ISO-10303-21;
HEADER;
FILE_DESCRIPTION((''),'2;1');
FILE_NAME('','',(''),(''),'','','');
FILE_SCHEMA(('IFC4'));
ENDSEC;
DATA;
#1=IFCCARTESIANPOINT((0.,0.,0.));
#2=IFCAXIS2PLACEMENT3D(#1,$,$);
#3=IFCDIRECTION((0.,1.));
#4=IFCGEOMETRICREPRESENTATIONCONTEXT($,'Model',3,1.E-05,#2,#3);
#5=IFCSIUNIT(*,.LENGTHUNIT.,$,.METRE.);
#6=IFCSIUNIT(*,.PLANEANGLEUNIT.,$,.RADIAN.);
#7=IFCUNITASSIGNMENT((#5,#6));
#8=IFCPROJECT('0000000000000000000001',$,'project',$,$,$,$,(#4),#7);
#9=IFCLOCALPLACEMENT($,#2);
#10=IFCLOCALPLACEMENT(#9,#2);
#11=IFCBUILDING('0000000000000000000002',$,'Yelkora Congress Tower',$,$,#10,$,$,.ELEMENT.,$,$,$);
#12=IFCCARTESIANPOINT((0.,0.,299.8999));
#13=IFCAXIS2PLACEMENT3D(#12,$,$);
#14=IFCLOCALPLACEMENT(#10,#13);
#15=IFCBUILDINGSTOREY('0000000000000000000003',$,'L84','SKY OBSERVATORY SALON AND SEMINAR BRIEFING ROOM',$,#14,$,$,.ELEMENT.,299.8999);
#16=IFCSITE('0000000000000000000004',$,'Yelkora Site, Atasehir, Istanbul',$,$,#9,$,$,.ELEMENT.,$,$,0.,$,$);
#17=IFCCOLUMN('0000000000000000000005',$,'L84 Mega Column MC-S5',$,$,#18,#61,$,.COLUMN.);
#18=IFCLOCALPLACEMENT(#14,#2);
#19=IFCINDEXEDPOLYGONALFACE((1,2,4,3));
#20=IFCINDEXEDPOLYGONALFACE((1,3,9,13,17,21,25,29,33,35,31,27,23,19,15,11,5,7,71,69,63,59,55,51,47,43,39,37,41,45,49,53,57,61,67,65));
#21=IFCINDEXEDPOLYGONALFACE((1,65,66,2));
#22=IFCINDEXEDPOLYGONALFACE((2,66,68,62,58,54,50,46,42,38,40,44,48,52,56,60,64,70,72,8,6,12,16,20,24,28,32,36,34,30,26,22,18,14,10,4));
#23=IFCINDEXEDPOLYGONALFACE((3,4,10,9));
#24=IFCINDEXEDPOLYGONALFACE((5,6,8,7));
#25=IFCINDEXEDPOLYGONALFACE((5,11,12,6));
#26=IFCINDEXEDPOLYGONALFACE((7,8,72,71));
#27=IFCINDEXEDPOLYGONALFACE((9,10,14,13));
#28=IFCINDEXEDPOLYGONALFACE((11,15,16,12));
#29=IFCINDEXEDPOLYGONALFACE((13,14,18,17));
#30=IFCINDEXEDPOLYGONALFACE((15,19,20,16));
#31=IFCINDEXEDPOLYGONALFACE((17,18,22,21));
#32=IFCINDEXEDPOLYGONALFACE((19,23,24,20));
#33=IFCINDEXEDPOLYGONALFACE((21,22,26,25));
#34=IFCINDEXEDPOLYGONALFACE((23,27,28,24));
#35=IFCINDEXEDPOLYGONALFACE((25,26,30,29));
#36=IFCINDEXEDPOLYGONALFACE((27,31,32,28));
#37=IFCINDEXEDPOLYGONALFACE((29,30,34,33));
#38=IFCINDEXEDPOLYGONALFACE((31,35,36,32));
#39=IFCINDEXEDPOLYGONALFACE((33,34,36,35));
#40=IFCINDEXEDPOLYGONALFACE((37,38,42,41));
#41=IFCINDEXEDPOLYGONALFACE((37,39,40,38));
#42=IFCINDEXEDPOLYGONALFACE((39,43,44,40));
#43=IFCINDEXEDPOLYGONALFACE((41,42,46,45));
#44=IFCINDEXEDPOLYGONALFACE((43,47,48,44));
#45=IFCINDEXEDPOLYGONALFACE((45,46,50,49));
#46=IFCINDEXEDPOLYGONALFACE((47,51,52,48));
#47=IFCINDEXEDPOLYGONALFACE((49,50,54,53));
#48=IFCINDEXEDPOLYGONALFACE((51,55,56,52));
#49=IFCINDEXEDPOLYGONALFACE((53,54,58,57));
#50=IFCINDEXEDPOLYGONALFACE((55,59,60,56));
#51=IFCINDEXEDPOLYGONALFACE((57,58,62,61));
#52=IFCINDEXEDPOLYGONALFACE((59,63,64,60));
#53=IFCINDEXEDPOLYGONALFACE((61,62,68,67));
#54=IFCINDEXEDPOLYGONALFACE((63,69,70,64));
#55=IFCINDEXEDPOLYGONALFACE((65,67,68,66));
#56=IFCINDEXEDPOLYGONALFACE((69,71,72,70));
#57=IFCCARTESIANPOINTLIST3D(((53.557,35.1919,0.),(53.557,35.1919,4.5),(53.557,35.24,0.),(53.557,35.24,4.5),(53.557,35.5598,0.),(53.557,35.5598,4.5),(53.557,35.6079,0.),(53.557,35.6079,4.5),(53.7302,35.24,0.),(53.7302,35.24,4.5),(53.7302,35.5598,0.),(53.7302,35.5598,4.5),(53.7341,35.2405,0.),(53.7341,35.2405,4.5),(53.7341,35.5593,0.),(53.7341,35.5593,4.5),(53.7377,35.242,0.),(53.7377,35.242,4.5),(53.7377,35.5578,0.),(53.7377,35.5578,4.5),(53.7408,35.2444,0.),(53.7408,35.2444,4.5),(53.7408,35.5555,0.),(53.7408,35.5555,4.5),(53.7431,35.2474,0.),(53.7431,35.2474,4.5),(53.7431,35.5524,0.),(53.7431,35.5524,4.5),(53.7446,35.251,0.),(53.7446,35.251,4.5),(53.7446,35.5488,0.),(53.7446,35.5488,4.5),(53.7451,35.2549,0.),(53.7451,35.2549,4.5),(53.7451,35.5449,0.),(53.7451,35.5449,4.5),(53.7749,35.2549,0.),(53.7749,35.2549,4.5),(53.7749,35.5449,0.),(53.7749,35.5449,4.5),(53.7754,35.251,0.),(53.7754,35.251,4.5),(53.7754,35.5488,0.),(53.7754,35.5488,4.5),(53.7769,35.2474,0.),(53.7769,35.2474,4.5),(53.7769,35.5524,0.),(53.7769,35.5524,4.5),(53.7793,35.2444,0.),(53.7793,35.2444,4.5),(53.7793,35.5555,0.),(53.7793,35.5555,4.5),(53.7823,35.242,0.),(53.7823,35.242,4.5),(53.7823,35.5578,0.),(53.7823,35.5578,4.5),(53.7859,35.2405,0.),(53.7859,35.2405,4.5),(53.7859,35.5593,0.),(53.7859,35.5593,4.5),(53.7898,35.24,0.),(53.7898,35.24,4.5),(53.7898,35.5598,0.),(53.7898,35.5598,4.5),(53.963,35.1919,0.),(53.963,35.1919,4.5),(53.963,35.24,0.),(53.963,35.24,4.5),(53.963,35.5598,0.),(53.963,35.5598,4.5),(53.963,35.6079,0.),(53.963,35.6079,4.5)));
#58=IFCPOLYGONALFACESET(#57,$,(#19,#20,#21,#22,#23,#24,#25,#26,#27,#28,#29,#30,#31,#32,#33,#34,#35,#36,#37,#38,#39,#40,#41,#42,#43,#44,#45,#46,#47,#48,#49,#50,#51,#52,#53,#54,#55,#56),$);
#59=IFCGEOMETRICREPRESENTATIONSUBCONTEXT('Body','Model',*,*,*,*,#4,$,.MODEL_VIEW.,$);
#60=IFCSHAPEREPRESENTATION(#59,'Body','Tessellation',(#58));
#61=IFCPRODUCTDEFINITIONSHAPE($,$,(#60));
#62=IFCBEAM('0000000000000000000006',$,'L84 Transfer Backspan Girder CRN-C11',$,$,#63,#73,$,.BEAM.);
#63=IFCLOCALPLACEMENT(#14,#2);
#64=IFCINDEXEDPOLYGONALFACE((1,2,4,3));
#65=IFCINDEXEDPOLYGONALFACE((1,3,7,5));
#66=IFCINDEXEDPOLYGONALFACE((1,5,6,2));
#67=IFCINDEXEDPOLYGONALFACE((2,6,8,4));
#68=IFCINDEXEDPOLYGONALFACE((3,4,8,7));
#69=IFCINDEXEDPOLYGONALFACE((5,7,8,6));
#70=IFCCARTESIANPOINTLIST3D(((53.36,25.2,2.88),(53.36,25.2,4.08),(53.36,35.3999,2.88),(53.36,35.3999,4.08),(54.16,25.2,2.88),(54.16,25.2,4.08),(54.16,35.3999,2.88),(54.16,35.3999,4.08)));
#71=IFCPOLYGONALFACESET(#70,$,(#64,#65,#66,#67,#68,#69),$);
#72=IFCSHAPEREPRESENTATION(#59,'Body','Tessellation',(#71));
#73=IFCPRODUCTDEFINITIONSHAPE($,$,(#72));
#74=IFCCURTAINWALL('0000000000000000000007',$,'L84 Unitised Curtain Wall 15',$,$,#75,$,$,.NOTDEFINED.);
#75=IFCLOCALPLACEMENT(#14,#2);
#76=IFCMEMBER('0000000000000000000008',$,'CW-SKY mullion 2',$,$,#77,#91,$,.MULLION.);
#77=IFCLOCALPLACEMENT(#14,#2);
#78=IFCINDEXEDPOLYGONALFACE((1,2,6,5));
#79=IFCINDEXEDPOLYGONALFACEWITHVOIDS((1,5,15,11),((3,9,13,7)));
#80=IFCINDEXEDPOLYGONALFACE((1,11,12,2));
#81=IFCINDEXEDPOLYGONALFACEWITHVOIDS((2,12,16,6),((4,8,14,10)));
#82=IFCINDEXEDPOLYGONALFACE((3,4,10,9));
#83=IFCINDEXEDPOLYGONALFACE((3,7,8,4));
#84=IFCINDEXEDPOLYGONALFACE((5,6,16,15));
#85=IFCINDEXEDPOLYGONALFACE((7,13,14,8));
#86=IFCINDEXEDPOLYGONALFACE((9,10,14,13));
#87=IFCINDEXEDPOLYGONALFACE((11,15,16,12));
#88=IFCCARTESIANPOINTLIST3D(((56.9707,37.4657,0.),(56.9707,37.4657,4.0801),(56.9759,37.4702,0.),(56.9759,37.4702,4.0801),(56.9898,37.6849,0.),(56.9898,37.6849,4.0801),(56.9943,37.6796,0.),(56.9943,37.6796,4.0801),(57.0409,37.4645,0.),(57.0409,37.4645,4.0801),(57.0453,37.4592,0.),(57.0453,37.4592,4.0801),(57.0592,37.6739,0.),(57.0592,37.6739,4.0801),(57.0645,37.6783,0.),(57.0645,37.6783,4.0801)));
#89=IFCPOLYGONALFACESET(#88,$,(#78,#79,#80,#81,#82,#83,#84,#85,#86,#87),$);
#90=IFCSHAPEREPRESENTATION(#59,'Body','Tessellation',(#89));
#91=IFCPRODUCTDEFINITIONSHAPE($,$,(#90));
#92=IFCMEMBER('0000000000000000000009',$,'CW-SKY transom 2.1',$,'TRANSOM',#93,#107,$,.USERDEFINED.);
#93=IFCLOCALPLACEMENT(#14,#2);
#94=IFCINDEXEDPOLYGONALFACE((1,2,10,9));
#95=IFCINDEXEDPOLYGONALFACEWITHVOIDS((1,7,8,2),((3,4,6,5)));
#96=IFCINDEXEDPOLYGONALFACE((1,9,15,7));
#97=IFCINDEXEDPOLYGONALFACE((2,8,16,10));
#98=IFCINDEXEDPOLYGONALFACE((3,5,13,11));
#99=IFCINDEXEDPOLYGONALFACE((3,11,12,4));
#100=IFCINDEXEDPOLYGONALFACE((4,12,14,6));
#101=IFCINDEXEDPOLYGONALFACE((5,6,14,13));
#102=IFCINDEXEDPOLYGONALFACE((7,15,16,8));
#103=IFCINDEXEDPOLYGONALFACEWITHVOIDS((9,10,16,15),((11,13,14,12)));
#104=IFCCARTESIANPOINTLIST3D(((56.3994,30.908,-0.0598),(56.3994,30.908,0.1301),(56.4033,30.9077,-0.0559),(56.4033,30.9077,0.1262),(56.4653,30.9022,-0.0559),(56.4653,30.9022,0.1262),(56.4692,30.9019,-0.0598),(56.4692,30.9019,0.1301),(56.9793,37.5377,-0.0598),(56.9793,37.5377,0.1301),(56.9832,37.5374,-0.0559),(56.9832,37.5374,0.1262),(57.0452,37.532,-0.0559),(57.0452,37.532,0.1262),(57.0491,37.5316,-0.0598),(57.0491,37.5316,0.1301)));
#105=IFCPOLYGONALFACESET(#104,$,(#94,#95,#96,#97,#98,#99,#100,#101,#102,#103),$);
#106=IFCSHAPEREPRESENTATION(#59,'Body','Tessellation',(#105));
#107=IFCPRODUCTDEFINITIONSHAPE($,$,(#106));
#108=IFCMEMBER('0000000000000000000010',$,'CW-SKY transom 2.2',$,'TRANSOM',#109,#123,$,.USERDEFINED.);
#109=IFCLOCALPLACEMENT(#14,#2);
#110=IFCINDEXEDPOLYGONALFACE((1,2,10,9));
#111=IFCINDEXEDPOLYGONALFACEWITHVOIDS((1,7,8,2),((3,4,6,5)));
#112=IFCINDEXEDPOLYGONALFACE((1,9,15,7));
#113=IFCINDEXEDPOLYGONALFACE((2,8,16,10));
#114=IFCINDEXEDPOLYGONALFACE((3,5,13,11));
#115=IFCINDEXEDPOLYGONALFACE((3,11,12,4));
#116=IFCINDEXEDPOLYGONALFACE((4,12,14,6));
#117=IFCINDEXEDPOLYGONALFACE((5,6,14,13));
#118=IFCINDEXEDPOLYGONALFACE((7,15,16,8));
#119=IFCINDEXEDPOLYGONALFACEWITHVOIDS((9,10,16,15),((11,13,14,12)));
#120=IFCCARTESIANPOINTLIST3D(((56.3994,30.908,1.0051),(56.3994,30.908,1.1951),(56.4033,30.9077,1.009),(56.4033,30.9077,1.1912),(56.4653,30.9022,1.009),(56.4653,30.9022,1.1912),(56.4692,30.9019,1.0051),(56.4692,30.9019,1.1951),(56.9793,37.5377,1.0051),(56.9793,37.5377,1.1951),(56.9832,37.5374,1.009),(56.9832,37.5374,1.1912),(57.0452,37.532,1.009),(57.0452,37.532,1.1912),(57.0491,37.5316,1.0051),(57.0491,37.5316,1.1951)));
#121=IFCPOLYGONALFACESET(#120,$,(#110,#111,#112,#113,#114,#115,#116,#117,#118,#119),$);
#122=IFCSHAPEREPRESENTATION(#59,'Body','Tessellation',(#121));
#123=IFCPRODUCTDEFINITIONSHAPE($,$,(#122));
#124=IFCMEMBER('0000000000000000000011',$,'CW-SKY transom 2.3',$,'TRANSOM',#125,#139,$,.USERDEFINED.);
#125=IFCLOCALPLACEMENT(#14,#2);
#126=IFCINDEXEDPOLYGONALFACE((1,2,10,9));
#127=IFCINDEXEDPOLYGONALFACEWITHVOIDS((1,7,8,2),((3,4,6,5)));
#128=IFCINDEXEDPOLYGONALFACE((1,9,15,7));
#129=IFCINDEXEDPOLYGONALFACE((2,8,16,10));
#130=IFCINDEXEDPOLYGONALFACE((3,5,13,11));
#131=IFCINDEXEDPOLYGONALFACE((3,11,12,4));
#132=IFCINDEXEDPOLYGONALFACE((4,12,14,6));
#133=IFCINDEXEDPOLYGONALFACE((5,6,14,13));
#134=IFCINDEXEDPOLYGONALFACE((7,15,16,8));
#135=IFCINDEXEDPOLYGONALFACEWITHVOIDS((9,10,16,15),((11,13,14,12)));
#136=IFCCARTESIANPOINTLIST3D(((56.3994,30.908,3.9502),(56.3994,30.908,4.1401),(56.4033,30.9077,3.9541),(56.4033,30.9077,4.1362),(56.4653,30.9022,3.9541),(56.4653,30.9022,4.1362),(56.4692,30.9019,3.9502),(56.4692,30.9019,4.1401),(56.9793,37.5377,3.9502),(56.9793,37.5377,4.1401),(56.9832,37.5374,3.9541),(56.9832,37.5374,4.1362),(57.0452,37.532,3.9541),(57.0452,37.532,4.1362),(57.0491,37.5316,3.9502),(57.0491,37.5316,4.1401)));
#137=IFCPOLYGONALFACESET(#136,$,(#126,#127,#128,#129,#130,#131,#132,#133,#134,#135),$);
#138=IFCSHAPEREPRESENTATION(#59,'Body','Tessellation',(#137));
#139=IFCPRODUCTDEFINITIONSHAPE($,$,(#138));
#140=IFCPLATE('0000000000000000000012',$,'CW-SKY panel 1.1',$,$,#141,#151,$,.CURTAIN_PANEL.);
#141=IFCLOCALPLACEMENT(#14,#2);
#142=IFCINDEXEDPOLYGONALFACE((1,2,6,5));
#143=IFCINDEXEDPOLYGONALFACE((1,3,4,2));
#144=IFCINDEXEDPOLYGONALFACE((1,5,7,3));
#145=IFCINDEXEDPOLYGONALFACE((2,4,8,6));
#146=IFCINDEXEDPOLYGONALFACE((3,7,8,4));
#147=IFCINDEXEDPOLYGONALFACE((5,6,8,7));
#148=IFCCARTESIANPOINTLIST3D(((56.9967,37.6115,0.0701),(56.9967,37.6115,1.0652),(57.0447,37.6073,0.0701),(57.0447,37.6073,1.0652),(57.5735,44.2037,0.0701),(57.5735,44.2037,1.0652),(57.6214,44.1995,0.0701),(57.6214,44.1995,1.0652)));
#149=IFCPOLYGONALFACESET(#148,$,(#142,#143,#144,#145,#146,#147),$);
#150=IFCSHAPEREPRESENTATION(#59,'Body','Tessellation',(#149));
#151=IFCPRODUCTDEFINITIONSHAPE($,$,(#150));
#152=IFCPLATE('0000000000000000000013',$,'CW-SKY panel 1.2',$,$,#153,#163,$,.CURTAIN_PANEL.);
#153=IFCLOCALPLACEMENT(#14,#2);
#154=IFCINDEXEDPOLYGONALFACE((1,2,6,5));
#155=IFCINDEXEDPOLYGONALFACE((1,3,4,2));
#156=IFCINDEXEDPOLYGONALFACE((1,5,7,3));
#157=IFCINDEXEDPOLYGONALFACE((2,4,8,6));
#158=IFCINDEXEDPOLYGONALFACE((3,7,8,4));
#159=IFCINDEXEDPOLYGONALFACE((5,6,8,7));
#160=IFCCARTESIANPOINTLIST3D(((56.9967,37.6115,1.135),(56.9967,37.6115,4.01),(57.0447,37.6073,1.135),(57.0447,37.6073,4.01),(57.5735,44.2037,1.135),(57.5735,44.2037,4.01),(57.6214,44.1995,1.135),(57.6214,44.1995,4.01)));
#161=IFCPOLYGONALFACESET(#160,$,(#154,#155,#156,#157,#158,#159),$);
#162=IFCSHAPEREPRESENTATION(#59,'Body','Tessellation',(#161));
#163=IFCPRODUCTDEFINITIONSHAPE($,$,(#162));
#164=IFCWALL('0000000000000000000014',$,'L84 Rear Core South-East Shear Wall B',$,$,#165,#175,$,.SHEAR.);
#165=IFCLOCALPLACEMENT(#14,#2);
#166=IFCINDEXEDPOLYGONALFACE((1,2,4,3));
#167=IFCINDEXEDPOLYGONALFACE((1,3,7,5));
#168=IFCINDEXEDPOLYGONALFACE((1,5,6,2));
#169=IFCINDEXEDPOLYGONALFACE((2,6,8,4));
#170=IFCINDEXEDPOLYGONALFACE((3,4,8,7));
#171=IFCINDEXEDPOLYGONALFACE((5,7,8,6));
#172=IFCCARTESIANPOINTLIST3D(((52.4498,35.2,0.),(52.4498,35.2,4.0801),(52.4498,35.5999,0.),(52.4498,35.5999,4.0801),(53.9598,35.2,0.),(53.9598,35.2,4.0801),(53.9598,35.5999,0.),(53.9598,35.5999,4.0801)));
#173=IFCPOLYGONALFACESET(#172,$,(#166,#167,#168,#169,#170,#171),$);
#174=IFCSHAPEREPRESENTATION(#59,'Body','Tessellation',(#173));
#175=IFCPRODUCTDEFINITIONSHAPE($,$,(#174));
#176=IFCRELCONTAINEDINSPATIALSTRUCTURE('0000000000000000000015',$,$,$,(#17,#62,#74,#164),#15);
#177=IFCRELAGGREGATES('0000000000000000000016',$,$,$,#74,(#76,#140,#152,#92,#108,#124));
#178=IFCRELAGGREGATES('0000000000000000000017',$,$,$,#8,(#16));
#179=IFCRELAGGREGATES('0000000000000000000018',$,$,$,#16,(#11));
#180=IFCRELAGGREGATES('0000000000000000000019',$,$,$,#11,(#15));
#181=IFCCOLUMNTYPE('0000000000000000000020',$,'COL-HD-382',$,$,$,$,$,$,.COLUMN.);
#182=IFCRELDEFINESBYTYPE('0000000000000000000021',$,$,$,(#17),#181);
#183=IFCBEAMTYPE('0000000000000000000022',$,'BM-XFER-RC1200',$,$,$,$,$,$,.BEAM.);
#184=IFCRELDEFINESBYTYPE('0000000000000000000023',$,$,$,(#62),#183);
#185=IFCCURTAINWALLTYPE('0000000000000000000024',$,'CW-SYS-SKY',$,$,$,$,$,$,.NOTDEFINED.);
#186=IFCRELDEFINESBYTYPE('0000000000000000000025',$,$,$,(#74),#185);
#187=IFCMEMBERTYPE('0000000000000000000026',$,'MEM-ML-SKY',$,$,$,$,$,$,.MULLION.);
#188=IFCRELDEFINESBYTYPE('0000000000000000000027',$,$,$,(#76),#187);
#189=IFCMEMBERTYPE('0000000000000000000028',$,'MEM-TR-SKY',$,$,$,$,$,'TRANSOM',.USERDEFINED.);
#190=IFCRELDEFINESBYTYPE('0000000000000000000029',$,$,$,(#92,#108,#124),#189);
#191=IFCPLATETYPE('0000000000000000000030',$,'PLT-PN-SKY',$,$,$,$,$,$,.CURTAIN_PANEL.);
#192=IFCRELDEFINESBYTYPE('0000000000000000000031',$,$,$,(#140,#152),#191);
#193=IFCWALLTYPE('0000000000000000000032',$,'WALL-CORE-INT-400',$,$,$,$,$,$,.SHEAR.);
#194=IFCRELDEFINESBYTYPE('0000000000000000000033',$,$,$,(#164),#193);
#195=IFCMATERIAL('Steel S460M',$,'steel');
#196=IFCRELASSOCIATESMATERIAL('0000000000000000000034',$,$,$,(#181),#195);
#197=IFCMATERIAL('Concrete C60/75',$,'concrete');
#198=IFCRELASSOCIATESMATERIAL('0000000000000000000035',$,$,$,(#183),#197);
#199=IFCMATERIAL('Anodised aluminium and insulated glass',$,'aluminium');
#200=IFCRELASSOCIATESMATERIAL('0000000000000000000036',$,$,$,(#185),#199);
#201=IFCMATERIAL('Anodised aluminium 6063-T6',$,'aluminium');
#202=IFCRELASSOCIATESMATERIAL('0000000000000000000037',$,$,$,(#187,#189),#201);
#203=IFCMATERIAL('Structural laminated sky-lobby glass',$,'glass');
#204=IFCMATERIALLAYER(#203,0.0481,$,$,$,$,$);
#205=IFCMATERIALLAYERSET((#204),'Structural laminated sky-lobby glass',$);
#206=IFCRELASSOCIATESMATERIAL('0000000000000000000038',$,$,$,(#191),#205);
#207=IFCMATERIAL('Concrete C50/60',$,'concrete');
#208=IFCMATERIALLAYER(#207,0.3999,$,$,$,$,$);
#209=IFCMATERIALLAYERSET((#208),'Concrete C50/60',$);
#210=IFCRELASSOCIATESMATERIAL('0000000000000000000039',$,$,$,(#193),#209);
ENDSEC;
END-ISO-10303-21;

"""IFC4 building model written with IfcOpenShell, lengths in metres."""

from ifc_helpers import new_model, si_unit, direction, frame, frame_2d, origin, origin_2d, place, context, subcontext, project, spatial, rectangle, hollow_rectangle, i_section, extrude, material, layer, layer_set, material_profile, profile_set, type_object, element, aggregate, save


model = new_model("IFC4")

# Units and contexts
model_context = context("Model", 3, precision=1e-05, world=origin(), true_north=direction((0.0, 1.0)))
body_context = subcontext(model_context, "Body", "Model", "MODEL_VIEW")
ifc_project = project(units=[si_unit("LENGTHUNIT", "METRE"), si_unit("PLANEANGLEUNIT", "RADIAN")], contexts=[model_context])

# Site, building, storey
site_placement = place(None, origin())
site = spatial("IfcSite", under=ifc_project, at=site_placement, Name="Yelkora Site, Atasehir, Istanbul", CompositionType="ELEMENT", RefElevation=0.0)
building_placement = place(site_placement, origin())
building = spatial("IfcBuilding", under=site, at=building_placement, Name="Yelkora Congress Tower", CompositionType="ELEMENT")
storey_placement = place(building_placement, frame((0.0, 0.0, 299.8999)))
storey = spatial("IfcBuildingStorey", under=building, at=storey_placement, Name="L84", Description="SKY OBSERVATORY SALON AND SEMINAR BRIEFING ROOM", CompositionType="ELEMENT", Elevation=299.8999)

# Column
ifc_material_1 = material(Name="Steel S460M", Category="steel")
ifc_material_profile_1 = material_profile(ifc_material_1, i_section(OverallWidth=0.406, OverallDepth=0.416, WebThickness=0.0298, FlangeThickness=0.0481, FilletRadius=0.0149, at=origin_2d()), Name="HD 400x382")
ifc_profile_set_1 = profile_set([ifc_material_profile_1], Name="Steel S460M")
column_type = type_object("IfcColumnType", Name="COL-HD-382", PredefinedType="COLUMN", material=ifc_profile_set_1)
column_placement = place(storey_placement, frame((53.76, 35.3999, 0.0), z_axis=(0.0, 0.0, 1.0), x_axis=(1.0, 0.0, 0.0)))
element("IfcColumn", 1, at=column_placement, inside=storey, type_object=column_type, Name="L84 Mega Column MC-S5", PredefinedType="COLUMN", context=body_context, shape_type="SweptSolid", body=[
    extrude(i_section(OverallWidth=0.406, OverallDepth=0.416, WebThickness=0.0298, FlangeThickness=0.0481, FilletRadius=0.0149, at=origin_2d()), origin(), (0.0, 0.0, 1.0), 4.5),
])

# Beam
ifc_material_2 = material(Name="Concrete C60/75", Category="concrete")
ifc_material_profile_2 = material_profile(ifc_material_2, rectangle(XDim=0.8, YDim=1.2, at=origin_2d()), Name="RC 800x1200")
ifc_profile_set_2 = profile_set([ifc_material_profile_2], Name="Concrete C60/75")
beam_type = type_object("IfcBeamType", Name="BM-XFER-RC1200", PredefinedType="BEAM", material=ifc_profile_set_2)
beam_placement = place(storey_placement, frame((53.76, 35.3999, 3.48), z_axis=(0.0, -1.0, 0.0), x_axis=(1.0, 0.0, 0.0)))
element("IfcBeam", 2, at=beam_placement, inside=storey, type_object=beam_type, Name="L84 Transfer Backspan Girder CRN-C11", PredefinedType="BEAM", context=body_context, shape_type="SweptSolid", body=[
    extrude(rectangle(XDim=0.8, YDim=1.2, at=origin_2d()), origin(), (0.0, 0.0, 1.0), 10.2),
])

# Curtain wall, members, plates
ifc_material_3 = material(Name="Anodised aluminium and insulated glass", Category="aluminium")
curtain_wall_type = type_object("IfcCurtainWallType", Name="CW-SYS-SKY", PredefinedType="NOTDEFINED", material=ifc_material_3)
curtain_wall_placement = place(storey_placement, origin())
curtain_wall = element("IfcCurtainWall", 3, at=curtain_wall_placement, inside=storey, type_object=curtain_wall_type, Name="L84 Unitised Curtain Wall 15", PredefinedType="NOTDEFINED")
ifc_material_4 = material(Name="Anodised aluminium 6063-T6", Category="aluminium")
ifc_material_profile_3 = material_profile(ifc_material_4, hollow_rectangle(XDim=0.075, YDim=0.22, WallThickness=0.0049, at=origin_2d()), Name="ALU 75x220x5")
ifc_profile_set_3 = profile_set([ifc_material_profile_3], Name="Anodised aluminium 6063-T6")
member_type_1 = type_object("IfcMemberType", Name="MEM-ML-SKY", PredefinedType="MULLION", material=ifc_profile_set_3)
member_1_placement = place(storey_placement, frame((57.0176, 37.572, 0.0), z_axis=(0.0, 0.0, 1.0), x_axis=(0.996194, -0.087158, 0.0)))
member_1 = element("IfcMember", 4, at=member_1_placement, type_object=member_type_1, Name="CW-SKY mullion 2", PredefinedType="MULLION", context=body_context, shape_type="SweptSolid", body=[
    extrude(hollow_rectangle(XDim=0.075, YDim=0.22, WallThickness=0.0049, at=origin_2d()), origin(), (0.0, 0.0, 1.0), 4.0801),
])
ifc_material_profile_4 = material_profile(ifc_material_4, hollow_rectangle(XDim=0.0701, YDim=0.1899, WallThickness=0.0039, at=origin_2d()), Name="ALU 70x190x4")
ifc_profile_set_4 = profile_set([ifc_material_profile_4], Name="Anodised aluminium 6063-T6")
member_type_2 = type_object("IfcMemberType", Name="MEM-TR-SKY", ElementType="TRANSOM", PredefinedType="USERDEFINED", material=ifc_profile_set_4)
member_2_placement = place(storey_placement, frame((57.0142, 37.5347, 0.0352), z_axis=(-0.087128, -0.996197, 0.0), x_axis=(0.996197, -0.087128, 0.0)))
member_2 = element("IfcMember", 5, at=member_2_placement, type_object=member_type_2, Name="CW-SKY transom 2.1", ObjectType="TRANSOM", PredefinedType="USERDEFINED", context=body_context, shape_type="SweptSolid", body=[
    extrude(hollow_rectangle(XDim=0.0701, YDim=0.1899, WallThickness=0.0039, at=origin_2d()), origin(), (0.0, 0.0, 1.0), 6.655),
])
member_3_placement = place(storey_placement, frame((57.0142, 37.5347, 1.1001), z_axis=(-0.087128, -0.996197, 0.0), x_axis=(0.996197, -0.087128, 0.0)))
member_3 = element("IfcMember", 6, at=member_3_placement, type_object=member_type_2, Name="CW-SKY transom 2.2", ObjectType="TRANSOM", PredefinedType="USERDEFINED", context=body_context, shape_type="SweptSolid", body=[
    extrude(hollow_rectangle(XDim=0.0701, YDim=0.1899, WallThickness=0.0039, at=origin_2d()), origin(), (0.0, 0.0, 1.0), 6.655),
])
member_4_placement = place(storey_placement, frame((57.0142, 37.5347, 4.0452), z_axis=(-0.087128, -0.996197, 0.0), x_axis=(0.996197, -0.087128, 0.0)))
member_4 = element("IfcMember", 7, at=member_4_placement, type_object=member_type_2, Name="CW-SKY transom 2.3", ObjectType="TRANSOM", PredefinedType="USERDEFINED", context=body_context, shape_type="SweptSolid", body=[
    extrude(hollow_rectangle(XDim=0.0701, YDim=0.1899, WallThickness=0.0039, at=origin_2d()), origin(), (0.0, 0.0, 1.0), 6.655),
])
ifc_material_5 = material(Name="Structural laminated sky-lobby glass", Category="glass")
ifc_layer_1 = layer(ifc_material_5, 0.0481)
ifc_layer_set_1 = layer_set([ifc_layer_1], Name="Structural laminated sky-lobby glass")
plate_type = type_object("IfcPlateType", Name="PLT-PN-SKY", PredefinedType="CURTAIN_PANEL", material=ifc_layer_set_1)
plate_1_placement = place(storey_placement, frame((57.3091, 40.9055, 0.0701), z_axis=(0.0, 0.0, 1.0), x_axis=(-0.087158, -0.996194, 0.0)))
plate_1 = element("IfcPlate", 8, at=plate_1_placement, type_object=plate_type, Name="CW-SKY panel 1.1", PredefinedType="CURTAIN_PANEL", context=body_context, shape_type="SweptSolid", body=[
    extrude(rectangle(XDim=6.6174, YDim=0.0481, at=origin_2d()), origin(), (0.0, 0.0, 1.0), 0.9951),
])
plate_2_placement = place(storey_placement, frame((57.3091, 40.9055, 1.135), z_axis=(0.0, 0.0, 1.0), x_axis=(-0.087158, -0.996194, 0.0)))
plate_2 = element("IfcPlate", 9, at=plate_2_placement, type_object=plate_type, Name="CW-SKY panel 1.2", PredefinedType="CURTAIN_PANEL", context=body_context, shape_type="SweptSolid", body=[
    extrude(rectangle(XDim=6.6174, YDim=0.0481, at=origin_2d()), origin(), (0.0, 0.0, 1.0), 2.875),
])
aggregate(curtain_wall, [member_1, plate_1, plate_2, member_2, member_3, member_4])

# Wall
ifc_material_6 = material(Name="Concrete C50/60", Category="concrete")
ifc_layer_2 = layer(ifc_material_6, 0.3999)
ifc_layer_set_2 = layer_set([ifc_layer_2], Name="Concrete C50/60")
wall_type = type_object("IfcWallType", Name="WALL-CORE-INT-400", PredefinedType="SHEAR", material=ifc_layer_set_2)
wall_1_placement = place(storey_placement, frame((52.45, 35.3999, 0.0), z_axis=(0.0, 0.0, 1.0), x_axis=(1.0, 0.0, 0.0)))
element("IfcWall", 10, at=wall_1_placement, inside=storey, type_object=wall_type, Name="L84 Rear Core South-East Shear Wall B", PredefinedType="SHEAR", context=body_context, shape_type="SweptSolid", body=[
    extrude(rectangle(XDim=1.51, YDim=0.3999, at=frame_2d((0.7549, 0.0))), origin(), (0.0, 0.0, 1.0), 4.0801),
])

save(model, "model.ifc")
